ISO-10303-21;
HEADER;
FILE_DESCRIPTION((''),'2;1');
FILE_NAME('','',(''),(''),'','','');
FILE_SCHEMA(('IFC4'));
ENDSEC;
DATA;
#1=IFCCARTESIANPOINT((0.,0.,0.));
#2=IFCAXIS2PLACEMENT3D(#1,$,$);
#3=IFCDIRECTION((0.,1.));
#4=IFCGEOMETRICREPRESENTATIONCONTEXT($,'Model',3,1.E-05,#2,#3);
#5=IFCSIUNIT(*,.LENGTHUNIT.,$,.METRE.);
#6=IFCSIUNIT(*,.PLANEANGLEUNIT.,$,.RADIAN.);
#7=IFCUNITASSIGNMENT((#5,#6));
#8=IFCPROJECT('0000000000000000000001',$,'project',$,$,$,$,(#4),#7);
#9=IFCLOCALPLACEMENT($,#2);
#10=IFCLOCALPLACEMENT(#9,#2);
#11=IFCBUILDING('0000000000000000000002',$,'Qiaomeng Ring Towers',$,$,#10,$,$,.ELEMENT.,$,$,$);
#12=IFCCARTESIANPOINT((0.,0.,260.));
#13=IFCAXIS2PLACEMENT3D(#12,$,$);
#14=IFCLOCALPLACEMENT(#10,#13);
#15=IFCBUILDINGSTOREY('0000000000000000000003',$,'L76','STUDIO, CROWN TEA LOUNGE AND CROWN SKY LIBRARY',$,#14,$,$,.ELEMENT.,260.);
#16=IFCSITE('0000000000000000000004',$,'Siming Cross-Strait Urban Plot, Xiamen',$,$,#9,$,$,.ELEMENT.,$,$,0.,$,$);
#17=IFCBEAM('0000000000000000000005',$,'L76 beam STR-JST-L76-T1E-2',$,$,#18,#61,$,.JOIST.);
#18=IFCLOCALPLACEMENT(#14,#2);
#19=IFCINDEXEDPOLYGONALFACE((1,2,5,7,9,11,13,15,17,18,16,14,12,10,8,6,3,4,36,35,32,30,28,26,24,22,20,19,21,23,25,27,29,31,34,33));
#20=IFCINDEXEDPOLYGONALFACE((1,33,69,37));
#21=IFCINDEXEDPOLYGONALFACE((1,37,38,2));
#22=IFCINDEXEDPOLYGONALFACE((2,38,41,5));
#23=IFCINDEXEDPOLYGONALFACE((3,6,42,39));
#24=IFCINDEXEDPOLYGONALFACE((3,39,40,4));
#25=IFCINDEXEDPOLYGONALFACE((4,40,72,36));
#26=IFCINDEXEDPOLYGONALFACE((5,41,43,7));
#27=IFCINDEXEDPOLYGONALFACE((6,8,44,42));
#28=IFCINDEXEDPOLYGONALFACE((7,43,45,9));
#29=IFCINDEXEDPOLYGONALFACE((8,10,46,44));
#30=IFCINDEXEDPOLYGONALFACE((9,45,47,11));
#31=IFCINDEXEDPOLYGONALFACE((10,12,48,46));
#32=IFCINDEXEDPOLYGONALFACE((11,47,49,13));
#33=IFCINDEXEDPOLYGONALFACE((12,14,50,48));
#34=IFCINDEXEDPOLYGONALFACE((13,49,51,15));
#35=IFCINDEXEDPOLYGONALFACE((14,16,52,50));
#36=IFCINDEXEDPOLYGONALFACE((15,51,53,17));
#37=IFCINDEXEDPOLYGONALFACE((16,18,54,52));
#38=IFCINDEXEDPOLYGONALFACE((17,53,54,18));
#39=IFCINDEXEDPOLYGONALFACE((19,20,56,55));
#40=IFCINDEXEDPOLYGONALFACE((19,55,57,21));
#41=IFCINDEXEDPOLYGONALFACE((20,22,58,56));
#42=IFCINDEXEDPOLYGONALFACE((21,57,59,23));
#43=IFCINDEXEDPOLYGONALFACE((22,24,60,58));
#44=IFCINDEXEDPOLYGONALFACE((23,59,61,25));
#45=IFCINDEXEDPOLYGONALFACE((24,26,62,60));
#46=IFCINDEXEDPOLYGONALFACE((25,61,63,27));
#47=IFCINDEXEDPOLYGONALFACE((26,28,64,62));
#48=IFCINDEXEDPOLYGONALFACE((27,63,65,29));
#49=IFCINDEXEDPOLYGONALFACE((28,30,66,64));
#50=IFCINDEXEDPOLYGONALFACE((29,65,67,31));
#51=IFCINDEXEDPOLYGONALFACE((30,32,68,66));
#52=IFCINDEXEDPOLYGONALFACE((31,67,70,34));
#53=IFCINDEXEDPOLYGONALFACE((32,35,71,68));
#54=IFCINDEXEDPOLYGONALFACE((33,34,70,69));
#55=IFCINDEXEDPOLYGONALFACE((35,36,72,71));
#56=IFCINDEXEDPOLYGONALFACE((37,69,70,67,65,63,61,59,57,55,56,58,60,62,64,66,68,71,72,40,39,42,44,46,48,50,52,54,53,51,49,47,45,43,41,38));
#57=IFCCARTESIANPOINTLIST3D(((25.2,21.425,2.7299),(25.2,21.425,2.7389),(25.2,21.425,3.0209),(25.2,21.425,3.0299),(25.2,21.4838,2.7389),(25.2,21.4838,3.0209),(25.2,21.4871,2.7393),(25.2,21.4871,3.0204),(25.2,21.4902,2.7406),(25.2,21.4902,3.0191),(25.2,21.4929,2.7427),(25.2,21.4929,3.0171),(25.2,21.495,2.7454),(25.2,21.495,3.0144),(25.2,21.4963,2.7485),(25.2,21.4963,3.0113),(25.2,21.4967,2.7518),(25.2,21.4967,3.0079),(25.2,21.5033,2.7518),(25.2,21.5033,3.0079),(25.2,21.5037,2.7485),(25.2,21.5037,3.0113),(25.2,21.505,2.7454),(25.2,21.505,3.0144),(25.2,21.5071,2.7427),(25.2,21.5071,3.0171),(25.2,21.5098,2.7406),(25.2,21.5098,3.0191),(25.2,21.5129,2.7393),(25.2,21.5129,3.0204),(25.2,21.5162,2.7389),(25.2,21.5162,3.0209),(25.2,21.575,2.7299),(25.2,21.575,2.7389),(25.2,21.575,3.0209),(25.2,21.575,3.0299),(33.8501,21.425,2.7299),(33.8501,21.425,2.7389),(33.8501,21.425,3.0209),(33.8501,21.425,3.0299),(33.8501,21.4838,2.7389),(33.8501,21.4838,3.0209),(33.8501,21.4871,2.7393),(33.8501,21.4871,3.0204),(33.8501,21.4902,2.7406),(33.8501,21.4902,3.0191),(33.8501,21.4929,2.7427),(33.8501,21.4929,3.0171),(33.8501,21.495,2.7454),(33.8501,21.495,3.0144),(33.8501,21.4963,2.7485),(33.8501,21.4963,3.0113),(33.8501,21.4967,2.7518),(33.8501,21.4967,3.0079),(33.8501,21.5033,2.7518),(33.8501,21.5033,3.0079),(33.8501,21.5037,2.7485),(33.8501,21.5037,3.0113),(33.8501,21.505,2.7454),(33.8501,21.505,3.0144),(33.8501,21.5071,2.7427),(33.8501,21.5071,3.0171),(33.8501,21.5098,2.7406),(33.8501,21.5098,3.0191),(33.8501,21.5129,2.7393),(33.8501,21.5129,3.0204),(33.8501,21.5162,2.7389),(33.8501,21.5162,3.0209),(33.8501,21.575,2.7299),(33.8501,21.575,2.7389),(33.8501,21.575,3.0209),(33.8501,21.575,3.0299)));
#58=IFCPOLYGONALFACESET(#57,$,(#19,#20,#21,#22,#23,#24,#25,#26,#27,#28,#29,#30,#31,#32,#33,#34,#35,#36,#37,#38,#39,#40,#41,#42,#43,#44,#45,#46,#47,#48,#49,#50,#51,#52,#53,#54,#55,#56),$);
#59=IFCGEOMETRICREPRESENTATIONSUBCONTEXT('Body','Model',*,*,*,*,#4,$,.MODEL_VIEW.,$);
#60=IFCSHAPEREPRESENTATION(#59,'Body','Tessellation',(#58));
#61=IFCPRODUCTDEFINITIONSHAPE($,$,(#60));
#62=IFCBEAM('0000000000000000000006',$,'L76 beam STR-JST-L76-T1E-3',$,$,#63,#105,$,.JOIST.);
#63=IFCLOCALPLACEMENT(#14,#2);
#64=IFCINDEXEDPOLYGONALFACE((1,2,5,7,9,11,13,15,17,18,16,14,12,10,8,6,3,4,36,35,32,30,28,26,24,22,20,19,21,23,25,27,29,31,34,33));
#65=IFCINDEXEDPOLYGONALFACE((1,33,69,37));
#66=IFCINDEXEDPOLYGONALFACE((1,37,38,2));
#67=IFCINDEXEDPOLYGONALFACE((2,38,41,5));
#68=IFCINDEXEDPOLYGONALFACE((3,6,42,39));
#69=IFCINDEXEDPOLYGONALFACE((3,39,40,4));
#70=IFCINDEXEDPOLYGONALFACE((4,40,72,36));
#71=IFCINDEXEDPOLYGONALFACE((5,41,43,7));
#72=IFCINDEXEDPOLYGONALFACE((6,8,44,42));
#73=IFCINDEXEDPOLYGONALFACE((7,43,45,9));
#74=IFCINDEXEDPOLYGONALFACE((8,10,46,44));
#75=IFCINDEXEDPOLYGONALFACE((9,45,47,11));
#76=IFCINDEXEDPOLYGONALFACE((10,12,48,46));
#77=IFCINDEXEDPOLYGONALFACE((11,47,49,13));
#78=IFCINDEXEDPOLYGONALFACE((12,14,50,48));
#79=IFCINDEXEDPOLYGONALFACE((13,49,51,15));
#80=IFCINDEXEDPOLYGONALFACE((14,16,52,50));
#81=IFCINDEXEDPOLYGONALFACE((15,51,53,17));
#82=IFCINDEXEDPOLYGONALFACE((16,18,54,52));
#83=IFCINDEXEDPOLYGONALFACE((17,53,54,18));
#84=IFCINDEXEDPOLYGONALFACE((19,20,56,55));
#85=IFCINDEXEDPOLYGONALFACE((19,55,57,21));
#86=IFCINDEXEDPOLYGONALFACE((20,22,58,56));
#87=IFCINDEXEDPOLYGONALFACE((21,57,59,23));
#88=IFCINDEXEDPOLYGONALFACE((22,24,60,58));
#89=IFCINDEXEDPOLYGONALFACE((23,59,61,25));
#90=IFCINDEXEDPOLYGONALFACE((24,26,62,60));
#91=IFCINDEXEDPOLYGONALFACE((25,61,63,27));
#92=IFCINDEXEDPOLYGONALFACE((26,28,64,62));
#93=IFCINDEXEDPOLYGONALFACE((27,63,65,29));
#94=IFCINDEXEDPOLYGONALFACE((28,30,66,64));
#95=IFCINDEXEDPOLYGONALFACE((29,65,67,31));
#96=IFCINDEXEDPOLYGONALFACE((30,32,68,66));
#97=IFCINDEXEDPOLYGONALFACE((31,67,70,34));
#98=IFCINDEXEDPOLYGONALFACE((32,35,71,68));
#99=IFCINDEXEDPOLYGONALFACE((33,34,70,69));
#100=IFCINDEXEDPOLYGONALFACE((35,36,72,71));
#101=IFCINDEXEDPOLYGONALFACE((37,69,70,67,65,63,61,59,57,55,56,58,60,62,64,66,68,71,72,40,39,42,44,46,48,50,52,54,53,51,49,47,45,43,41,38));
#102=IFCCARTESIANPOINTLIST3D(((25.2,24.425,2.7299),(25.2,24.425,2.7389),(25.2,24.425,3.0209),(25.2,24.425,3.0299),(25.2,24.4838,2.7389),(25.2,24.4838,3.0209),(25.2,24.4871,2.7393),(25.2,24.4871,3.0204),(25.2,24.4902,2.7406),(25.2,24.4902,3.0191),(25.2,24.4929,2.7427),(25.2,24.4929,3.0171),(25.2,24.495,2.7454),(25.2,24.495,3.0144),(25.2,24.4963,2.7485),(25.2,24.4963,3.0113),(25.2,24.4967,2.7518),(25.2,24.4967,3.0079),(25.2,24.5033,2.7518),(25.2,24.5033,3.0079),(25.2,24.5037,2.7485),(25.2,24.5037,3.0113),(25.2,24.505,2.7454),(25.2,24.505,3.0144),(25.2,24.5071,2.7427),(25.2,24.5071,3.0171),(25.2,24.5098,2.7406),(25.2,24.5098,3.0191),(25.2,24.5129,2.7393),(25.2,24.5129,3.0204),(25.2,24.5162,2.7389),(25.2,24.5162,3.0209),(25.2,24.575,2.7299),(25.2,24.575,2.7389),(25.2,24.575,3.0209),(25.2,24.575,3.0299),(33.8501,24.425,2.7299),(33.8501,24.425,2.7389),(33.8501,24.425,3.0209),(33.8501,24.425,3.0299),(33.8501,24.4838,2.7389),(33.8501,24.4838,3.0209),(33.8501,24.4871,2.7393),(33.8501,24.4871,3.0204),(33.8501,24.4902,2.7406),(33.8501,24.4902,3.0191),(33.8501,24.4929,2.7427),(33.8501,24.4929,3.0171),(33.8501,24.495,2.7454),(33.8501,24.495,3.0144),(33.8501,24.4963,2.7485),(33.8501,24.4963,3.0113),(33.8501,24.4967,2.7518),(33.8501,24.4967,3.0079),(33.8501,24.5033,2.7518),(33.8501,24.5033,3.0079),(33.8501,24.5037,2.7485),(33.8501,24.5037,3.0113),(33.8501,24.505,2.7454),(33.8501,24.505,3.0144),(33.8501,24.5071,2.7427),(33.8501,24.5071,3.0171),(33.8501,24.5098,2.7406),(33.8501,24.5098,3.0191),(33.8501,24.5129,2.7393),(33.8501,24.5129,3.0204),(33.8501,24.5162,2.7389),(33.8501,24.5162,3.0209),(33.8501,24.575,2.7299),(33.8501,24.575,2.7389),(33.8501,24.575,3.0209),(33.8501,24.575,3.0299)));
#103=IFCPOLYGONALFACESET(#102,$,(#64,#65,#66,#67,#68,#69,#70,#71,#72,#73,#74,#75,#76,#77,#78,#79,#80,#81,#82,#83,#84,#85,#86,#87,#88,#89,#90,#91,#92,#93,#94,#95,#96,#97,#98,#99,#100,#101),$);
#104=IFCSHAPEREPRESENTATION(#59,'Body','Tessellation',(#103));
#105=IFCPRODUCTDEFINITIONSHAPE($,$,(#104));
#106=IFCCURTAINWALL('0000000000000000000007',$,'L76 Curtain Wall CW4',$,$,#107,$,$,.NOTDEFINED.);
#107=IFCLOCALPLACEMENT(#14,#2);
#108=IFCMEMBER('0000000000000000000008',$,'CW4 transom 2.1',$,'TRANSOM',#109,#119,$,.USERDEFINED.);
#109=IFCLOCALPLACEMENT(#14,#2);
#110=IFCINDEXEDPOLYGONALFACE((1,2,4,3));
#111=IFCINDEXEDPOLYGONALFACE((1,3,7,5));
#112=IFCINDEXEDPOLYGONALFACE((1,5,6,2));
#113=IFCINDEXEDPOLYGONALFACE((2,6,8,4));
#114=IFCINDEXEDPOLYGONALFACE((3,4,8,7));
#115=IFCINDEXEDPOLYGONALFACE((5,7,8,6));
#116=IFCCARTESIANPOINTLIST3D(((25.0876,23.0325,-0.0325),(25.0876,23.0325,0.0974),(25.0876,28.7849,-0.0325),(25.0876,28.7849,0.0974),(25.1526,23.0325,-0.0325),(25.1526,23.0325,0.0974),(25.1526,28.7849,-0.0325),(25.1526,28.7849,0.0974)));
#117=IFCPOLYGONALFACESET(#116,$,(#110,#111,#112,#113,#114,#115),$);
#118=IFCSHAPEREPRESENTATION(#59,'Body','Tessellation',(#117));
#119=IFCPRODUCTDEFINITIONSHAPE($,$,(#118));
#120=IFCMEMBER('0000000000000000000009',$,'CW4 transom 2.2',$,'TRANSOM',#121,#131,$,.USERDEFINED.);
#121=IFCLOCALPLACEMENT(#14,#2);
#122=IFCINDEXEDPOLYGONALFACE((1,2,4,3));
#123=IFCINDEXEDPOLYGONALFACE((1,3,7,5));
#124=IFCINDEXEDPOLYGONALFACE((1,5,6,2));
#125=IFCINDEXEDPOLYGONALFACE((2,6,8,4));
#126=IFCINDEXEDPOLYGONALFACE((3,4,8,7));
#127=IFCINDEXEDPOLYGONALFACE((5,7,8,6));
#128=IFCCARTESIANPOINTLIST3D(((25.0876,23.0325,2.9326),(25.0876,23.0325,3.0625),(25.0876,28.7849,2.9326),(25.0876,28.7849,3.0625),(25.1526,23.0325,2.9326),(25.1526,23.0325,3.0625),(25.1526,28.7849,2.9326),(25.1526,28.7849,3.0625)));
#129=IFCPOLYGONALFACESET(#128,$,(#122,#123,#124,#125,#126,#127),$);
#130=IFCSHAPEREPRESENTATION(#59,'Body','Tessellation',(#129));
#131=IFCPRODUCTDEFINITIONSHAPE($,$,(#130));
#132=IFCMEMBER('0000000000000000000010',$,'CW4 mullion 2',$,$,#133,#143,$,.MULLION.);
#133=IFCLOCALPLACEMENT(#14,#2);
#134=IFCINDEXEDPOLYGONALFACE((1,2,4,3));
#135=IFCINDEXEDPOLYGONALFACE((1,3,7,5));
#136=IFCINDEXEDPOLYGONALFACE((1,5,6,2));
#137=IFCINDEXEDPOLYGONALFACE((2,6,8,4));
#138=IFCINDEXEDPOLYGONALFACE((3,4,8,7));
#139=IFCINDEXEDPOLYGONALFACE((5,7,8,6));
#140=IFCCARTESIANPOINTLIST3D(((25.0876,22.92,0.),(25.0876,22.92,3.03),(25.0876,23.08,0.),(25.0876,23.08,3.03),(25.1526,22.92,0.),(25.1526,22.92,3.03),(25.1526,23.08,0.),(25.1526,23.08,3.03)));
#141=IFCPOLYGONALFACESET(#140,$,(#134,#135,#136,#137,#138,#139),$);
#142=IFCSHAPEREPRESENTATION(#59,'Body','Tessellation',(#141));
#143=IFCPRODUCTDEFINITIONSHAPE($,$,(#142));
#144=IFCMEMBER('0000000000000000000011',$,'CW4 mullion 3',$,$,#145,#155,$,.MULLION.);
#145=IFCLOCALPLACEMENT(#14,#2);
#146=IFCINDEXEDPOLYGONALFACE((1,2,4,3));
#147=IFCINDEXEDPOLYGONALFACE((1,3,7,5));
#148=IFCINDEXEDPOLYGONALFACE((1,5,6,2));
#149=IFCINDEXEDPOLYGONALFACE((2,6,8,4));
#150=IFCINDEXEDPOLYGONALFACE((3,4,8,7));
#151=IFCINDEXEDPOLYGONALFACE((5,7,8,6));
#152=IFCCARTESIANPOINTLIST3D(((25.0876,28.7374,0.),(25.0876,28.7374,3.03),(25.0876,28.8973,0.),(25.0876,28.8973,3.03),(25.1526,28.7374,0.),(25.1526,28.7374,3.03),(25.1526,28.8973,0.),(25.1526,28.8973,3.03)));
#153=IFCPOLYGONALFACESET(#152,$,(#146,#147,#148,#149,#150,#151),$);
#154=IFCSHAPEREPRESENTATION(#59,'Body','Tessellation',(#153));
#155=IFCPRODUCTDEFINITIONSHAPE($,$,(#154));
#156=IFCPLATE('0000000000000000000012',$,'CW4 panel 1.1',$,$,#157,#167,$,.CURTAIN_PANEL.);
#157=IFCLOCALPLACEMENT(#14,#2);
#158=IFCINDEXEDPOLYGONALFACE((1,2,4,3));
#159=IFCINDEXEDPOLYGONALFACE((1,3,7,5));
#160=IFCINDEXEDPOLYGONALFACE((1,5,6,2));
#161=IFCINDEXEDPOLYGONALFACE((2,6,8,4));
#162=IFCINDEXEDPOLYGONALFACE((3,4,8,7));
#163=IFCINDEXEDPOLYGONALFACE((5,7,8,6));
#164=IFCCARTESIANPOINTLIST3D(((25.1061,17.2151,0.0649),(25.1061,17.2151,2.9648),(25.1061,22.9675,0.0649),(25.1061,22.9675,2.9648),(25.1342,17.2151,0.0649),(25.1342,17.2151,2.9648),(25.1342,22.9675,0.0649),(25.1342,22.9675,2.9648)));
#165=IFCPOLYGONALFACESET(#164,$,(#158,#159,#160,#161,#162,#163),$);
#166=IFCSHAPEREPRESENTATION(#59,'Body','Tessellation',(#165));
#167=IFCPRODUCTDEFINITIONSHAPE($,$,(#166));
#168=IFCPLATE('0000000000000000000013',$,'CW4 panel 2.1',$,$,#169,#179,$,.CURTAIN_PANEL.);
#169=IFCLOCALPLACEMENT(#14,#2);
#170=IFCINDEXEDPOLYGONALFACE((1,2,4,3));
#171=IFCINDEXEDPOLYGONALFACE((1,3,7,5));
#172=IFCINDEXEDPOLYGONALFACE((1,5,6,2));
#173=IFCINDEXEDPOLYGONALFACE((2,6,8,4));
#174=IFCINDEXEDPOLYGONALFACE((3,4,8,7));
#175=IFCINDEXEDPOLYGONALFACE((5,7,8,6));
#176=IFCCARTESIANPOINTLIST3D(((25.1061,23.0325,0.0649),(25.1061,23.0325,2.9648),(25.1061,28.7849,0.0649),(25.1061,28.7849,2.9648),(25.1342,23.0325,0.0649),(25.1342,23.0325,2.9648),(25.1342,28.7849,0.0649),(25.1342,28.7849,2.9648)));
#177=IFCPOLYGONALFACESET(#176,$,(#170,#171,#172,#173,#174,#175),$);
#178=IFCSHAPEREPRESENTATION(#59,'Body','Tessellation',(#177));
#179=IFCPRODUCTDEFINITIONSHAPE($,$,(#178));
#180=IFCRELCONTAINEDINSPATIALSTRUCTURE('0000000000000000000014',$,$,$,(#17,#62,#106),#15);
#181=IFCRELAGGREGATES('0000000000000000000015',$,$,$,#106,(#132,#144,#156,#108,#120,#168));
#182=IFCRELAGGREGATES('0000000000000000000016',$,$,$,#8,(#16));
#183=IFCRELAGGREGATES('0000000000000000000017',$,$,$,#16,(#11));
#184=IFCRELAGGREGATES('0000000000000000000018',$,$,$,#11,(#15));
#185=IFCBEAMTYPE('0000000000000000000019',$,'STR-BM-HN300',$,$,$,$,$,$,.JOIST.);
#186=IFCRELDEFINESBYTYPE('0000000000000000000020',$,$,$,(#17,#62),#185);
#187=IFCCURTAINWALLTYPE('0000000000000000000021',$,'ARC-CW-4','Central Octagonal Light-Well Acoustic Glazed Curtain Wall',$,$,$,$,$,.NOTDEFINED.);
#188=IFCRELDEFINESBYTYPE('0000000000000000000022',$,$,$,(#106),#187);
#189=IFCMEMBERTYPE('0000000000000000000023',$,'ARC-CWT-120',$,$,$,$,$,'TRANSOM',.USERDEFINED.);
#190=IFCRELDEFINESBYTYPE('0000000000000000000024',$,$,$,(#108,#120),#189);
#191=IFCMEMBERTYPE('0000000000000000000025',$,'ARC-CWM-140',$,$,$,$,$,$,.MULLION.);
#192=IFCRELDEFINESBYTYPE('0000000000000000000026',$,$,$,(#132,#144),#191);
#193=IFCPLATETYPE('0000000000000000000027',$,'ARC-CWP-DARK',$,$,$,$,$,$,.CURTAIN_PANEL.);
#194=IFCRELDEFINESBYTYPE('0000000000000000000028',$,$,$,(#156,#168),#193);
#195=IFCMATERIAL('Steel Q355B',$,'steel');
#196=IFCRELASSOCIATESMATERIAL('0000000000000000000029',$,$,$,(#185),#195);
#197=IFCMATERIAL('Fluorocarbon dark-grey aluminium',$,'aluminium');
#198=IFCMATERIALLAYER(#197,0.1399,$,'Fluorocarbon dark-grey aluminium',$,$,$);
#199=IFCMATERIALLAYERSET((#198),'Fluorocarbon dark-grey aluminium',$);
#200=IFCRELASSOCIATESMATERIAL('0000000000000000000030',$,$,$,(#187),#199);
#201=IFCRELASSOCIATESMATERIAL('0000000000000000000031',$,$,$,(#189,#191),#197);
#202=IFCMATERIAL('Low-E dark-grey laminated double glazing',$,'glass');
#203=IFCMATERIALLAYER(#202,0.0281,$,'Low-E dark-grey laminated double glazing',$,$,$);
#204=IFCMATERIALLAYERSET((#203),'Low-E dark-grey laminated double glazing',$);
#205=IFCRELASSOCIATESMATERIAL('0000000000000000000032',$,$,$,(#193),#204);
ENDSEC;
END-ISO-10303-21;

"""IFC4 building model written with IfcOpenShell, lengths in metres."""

from ifc_helpers import new_model, si_unit, direction, frame, origin, origin_2d, place, context, subcontext, project, spatial, rectangle, i_section, extrude, source, transform, mapped, material, layer, layer_set, material_profile, profile_set, type_object, element, aggregate, save


model = new_model("IFC4")

# Units and contexts
model_context = context("Model", 3, precision=1e-05, world=origin(), true_north=direction((0.0, 1.0)))
body_context = subcontext(model_context, "Body", "Model", "MODEL_VIEW")
ifc_project = project(units=[si_unit("LENGTHUNIT", "METRE"), si_unit("PLANEANGLEUNIT", "RADIAN")], contexts=[model_context])

# Site, building, storey
site_placement = place(None, origin())
site = spatial("IfcSite", under=ifc_project, at=site_placement, Name="Siming Cross-Strait Urban Plot, Xiamen", CompositionType="ELEMENT", RefElevation=0.0)
building_placement = place(site_placement, origin())
building = spatial("IfcBuilding", under=site, at=building_placement, Name="Qiaomeng Ring Towers", CompositionType="ELEMENT")
storey_placement = place(building_placement, frame((0.0, 0.0, 260.0)))
storey = spatial("IfcBuildingStorey", under=building, at=storey_placement, Name="L76", Description="STUDIO, CROWN TEA LOUNGE AND CROWN SKY LIBRARY", CompositionType="ELEMENT", Elevation=260.0)

# Beams
ifc_material_1 = material(Name="Steel Q355B", Category="steel")
ifc_material_profile_1 = material_profile(ifc_material_1, i_section(OverallWidth=0.1499, OverallDepth=0.3, WebThickness=0.0066, FlangeThickness=0.009, FilletRadius=0.0129, at=origin_2d()), Name="HN 300x150x6.5x9")
ifc_profile_set_1 = profile_set([ifc_material_profile_1], Name="Steel Q355B")
beam_type = type_object("IfcBeamType", Name="STR-BM-HN300", PredefinedType="JOIST", material=ifc_profile_set_1)
shared_shape_1 = source(origin(), body_context, "Body", "SweptSolid", [
    extrude(i_section(OverallWidth=0.1499, OverallDepth=0.3, WebThickness=0.0066, FlangeThickness=0.009, FilletRadius=0.0129, at=origin_2d()), origin(), (0.0, 0.0, 1.0), 8.6501),
])
for number, where, z_axis, x_axis, name in (
    (1, (25.2, 21.5, 2.8799), (1.0, 0.0, 0.0), (0.0, 1.0, 0.0), "L76 beam STR-JST-L76-T1E-2"),
    (2, (25.2, 24.5, 2.8799), (1.0, 0.0, 0.0), (0.0, 1.0, 0.0), "L76 beam STR-JST-L76-T1E-3"),
):
    element("IfcBeam", number, at=place(storey_placement, frame(where, z_axis=z_axis, x_axis=x_axis)), inside=storey, type_object=beam_type, Name=name, PredefinedType="JOIST", context=body_context, shape_type="MappedRepresentation", body=[
        mapped(shared_shape_1, transform((0.0, 0.0, 0.0), x_axis=(1.0, 0.0, 0.0), y_axis=(0.0, 1.0, 0.0), z_axis=(0.0, 0.0, 1.0), scale=1.0)),
    ])

# Curtain wall, members, plates
ifc_material_2 = material(Name="Fluorocarbon dark-grey aluminium", Category="aluminium")
ifc_layer_1 = layer(ifc_material_2, 0.1399, Name="Fluorocarbon dark-grey aluminium")
ifc_layer_set_1 = layer_set([ifc_layer_1], Name="Fluorocarbon dark-grey aluminium")
curtain_wall_type = type_object("IfcCurtainWallType", Name="ARC-CW-4", Description="Central Octagonal Light-Well Acoustic Glazed Curtain Wall", PredefinedType="NOTDEFINED", material=ifc_layer_set_1)
curtain_wall_placement = place(storey_placement, origin())
curtain_wall = element("IfcCurtainWall", 3, at=curtain_wall_placement, inside=storey, type_object=curtain_wall_type, Name="L76 Curtain Wall CW4", PredefinedType="NOTDEFINED")
ifc_material_profile_2 = material_profile(ifc_material_2, rectangle(XDim=0.0649, YDim=0.1299, at=origin_2d()), Name="ALU TRAN 65x130")
ifc_profile_set_2 = profile_set([ifc_material_profile_2], Name="Fluorocarbon dark-grey aluminium")
member_type_1 = type_object("IfcMemberType", Name="ARC-CWT-120", ElementType="TRANSOM", PredefinedType="USERDEFINED", material=ifc_profile_set_2)
shared_shape_2 = source(origin(), body_context, "Body", "SweptSolid", [
    extrude(rectangle(XDim=0.0649, YDim=0.1299, at=origin_2d()), origin(), (0.0, 0.0, 1.0), 5.7524),
])
member_1_placement = place(storey_placement, frame((25.1201, 23.0325, 0.0325), z_axis=(0.0, 1.0, 0.0), x_axis=(-1.0, 0.0, 0.0)))
member_1 = element("IfcMember", 4, at=member_1_placement, type_object=member_type_1, Name="CW4 transom 2.1", ObjectType="TRANSOM", PredefinedType="USERDEFINED", context=body_context, shape_type="MappedRepresentation", body=[
    mapped(shared_shape_2, transform((0.0, 0.0, 0.0), x_axis=(1.0, 0.0, 0.0), y_axis=(0.0, 1.0, 0.0), z_axis=(0.0, 0.0, 1.0), scale=1.0)),
])
member_2_placement = place(storey_placement, frame((25.1201, 23.0325, 2.9976), z_axis=(0.0, 1.0, 0.0), x_axis=(-1.0, 0.0, 0.0)))
member_2 = element("IfcMember", 5, at=member_2_placement, type_object=member_type_1, Name="CW4 transom 2.2", ObjectType="TRANSOM", PredefinedType="USERDEFINED", context=body_context, shape_type="MappedRepresentation", body=[
    mapped(shared_shape_2, transform((0.0, 0.0, 0.0), x_axis=(1.0, 0.0, 0.0), y_axis=(0.0, 1.0, 0.0), z_axis=(0.0, 0.0, 1.0), scale=1.0)),
])
ifc_material_profile_3 = material_profile(ifc_material_2, rectangle(XDim=0.0649, YDim=0.1599, at=origin_2d()), Name="ALU MULL 65x160")
ifc_profile_set_3 = profile_set([ifc_material_profile_3], Name="Fluorocarbon dark-grey aluminium")
member_type_2 = type_object("IfcMemberType", Name="ARC-CWM-140", PredefinedType="MULLION", material=ifc_profile_set_3)
shared_shape_3 = source(origin(), body_context, "Body", "SweptSolid", [
    extrude(rectangle(XDim=0.0649, YDim=0.1599, at=origin_2d()), origin(), (0.0, 0.0, 1.0), 3.03),
])
member_3_placement = place(storey_placement, frame((25.1201, 23.0, 0.0), z_axis=(0.0, 0.0, 1.0), x_axis=(-1.0, 0.0, 0.0)))
member_3 = element("IfcMember", 6, at=member_3_placement, type_object=member_type_2, Name="CW4 mullion 2", PredefinedType="MULLION", context=body_context, shape_type="MappedRepresentation", body=[
    mapped(shared_shape_3, transform((0.0, 0.0, 0.0), x_axis=(1.0, 0.0, 0.0), y_axis=(0.0, 1.0, 0.0), z_axis=(0.0, 0.0, 1.0), scale=1.0)),
])
member_4_placement = place(storey_placement, frame((25.1201, 28.8174, 0.0), z_axis=(0.0, 0.0, 1.0), x_axis=(-1.0, 0.0, 0.0)))
member_4 = element("IfcMember", 7, at=member_4_placement, type_object=member_type_2, Name="CW4 mullion 3", PredefinedType="MULLION", context=body_context, shape_type="MappedRepresentation", body=[
    mapped(shared_shape_3, transform((0.0, 0.0, 0.0), x_axis=(1.0, 0.0, 0.0), y_axis=(0.0, 1.0, 0.0), z_axis=(0.0, 0.0, 1.0), scale=1.0)),
])
ifc_material_3 = material(Name="Low-E dark-grey laminated double glazing", Category="glass")
ifc_layer_2 = layer(ifc_material_3, 0.0281, Name="Low-E dark-grey laminated double glazing")
ifc_layer_set_2 = layer_set([ifc_layer_2], Name="Low-E dark-grey laminated double glazing")
plate_type = type_object("IfcPlateType", Name="ARC-CWP-DARK", PredefinedType="CURTAIN_PANEL", material=ifc_layer_set_2)
shared_shape_4 = source(origin(), body_context, "Body", "SweptSolid", [
    extrude(rectangle(XDim=5.7524, YDim=0.0281, at=origin_2d()), origin(), (0.0, 0.0, 1.0), 2.8999),
])
plate_1_placement = place(storey_placement, frame((25.1201, 20.0913, 0.0649), z_axis=(0.0, 0.0, 1.0), x_axis=(0.0, 1.0, 0.0)))
plate_1 = element("IfcPlate", 8, at=plate_1_placement, type_object=plate_type, Name="CW4 panel 1.1", PredefinedType="CURTAIN_PANEL", context=body_context, shape_type="MappedRepresentation", body=[
    mapped(shared_shape_4, transform((0.0, 0.0, 0.0), x_axis=(1.0, 0.0, 0.0), y_axis=(0.0, 1.0, 0.0), z_axis=(0.0, 0.0, 1.0), scale=1.0)),
])
plate_2_placement = place(storey_placement, frame((25.1201, 25.9087, 0.0649), z_axis=(0.0, 0.0, 1.0), x_axis=(0.0, 1.0, 0.0)))
plate_2 = element("IfcPlate", 9, at=plate_2_placement, type_object=plate_type, Name="CW4 panel 2.1", PredefinedType="CURTAIN_PANEL", context=body_context, shape_type="MappedRepresentation", body=[
    mapped(shared_shape_4, transform((0.0, 0.0, 0.0), x_axis=(1.0, 0.0, 0.0), y_axis=(0.0, 1.0, 0.0), z_axis=(0.0, 0.0, 1.0), scale=1.0)),
])
aggregate(curtain_wall, [member_3, member_4, plate_1, member_1, member_2, plate_2])

save(model, "model.ifc")
